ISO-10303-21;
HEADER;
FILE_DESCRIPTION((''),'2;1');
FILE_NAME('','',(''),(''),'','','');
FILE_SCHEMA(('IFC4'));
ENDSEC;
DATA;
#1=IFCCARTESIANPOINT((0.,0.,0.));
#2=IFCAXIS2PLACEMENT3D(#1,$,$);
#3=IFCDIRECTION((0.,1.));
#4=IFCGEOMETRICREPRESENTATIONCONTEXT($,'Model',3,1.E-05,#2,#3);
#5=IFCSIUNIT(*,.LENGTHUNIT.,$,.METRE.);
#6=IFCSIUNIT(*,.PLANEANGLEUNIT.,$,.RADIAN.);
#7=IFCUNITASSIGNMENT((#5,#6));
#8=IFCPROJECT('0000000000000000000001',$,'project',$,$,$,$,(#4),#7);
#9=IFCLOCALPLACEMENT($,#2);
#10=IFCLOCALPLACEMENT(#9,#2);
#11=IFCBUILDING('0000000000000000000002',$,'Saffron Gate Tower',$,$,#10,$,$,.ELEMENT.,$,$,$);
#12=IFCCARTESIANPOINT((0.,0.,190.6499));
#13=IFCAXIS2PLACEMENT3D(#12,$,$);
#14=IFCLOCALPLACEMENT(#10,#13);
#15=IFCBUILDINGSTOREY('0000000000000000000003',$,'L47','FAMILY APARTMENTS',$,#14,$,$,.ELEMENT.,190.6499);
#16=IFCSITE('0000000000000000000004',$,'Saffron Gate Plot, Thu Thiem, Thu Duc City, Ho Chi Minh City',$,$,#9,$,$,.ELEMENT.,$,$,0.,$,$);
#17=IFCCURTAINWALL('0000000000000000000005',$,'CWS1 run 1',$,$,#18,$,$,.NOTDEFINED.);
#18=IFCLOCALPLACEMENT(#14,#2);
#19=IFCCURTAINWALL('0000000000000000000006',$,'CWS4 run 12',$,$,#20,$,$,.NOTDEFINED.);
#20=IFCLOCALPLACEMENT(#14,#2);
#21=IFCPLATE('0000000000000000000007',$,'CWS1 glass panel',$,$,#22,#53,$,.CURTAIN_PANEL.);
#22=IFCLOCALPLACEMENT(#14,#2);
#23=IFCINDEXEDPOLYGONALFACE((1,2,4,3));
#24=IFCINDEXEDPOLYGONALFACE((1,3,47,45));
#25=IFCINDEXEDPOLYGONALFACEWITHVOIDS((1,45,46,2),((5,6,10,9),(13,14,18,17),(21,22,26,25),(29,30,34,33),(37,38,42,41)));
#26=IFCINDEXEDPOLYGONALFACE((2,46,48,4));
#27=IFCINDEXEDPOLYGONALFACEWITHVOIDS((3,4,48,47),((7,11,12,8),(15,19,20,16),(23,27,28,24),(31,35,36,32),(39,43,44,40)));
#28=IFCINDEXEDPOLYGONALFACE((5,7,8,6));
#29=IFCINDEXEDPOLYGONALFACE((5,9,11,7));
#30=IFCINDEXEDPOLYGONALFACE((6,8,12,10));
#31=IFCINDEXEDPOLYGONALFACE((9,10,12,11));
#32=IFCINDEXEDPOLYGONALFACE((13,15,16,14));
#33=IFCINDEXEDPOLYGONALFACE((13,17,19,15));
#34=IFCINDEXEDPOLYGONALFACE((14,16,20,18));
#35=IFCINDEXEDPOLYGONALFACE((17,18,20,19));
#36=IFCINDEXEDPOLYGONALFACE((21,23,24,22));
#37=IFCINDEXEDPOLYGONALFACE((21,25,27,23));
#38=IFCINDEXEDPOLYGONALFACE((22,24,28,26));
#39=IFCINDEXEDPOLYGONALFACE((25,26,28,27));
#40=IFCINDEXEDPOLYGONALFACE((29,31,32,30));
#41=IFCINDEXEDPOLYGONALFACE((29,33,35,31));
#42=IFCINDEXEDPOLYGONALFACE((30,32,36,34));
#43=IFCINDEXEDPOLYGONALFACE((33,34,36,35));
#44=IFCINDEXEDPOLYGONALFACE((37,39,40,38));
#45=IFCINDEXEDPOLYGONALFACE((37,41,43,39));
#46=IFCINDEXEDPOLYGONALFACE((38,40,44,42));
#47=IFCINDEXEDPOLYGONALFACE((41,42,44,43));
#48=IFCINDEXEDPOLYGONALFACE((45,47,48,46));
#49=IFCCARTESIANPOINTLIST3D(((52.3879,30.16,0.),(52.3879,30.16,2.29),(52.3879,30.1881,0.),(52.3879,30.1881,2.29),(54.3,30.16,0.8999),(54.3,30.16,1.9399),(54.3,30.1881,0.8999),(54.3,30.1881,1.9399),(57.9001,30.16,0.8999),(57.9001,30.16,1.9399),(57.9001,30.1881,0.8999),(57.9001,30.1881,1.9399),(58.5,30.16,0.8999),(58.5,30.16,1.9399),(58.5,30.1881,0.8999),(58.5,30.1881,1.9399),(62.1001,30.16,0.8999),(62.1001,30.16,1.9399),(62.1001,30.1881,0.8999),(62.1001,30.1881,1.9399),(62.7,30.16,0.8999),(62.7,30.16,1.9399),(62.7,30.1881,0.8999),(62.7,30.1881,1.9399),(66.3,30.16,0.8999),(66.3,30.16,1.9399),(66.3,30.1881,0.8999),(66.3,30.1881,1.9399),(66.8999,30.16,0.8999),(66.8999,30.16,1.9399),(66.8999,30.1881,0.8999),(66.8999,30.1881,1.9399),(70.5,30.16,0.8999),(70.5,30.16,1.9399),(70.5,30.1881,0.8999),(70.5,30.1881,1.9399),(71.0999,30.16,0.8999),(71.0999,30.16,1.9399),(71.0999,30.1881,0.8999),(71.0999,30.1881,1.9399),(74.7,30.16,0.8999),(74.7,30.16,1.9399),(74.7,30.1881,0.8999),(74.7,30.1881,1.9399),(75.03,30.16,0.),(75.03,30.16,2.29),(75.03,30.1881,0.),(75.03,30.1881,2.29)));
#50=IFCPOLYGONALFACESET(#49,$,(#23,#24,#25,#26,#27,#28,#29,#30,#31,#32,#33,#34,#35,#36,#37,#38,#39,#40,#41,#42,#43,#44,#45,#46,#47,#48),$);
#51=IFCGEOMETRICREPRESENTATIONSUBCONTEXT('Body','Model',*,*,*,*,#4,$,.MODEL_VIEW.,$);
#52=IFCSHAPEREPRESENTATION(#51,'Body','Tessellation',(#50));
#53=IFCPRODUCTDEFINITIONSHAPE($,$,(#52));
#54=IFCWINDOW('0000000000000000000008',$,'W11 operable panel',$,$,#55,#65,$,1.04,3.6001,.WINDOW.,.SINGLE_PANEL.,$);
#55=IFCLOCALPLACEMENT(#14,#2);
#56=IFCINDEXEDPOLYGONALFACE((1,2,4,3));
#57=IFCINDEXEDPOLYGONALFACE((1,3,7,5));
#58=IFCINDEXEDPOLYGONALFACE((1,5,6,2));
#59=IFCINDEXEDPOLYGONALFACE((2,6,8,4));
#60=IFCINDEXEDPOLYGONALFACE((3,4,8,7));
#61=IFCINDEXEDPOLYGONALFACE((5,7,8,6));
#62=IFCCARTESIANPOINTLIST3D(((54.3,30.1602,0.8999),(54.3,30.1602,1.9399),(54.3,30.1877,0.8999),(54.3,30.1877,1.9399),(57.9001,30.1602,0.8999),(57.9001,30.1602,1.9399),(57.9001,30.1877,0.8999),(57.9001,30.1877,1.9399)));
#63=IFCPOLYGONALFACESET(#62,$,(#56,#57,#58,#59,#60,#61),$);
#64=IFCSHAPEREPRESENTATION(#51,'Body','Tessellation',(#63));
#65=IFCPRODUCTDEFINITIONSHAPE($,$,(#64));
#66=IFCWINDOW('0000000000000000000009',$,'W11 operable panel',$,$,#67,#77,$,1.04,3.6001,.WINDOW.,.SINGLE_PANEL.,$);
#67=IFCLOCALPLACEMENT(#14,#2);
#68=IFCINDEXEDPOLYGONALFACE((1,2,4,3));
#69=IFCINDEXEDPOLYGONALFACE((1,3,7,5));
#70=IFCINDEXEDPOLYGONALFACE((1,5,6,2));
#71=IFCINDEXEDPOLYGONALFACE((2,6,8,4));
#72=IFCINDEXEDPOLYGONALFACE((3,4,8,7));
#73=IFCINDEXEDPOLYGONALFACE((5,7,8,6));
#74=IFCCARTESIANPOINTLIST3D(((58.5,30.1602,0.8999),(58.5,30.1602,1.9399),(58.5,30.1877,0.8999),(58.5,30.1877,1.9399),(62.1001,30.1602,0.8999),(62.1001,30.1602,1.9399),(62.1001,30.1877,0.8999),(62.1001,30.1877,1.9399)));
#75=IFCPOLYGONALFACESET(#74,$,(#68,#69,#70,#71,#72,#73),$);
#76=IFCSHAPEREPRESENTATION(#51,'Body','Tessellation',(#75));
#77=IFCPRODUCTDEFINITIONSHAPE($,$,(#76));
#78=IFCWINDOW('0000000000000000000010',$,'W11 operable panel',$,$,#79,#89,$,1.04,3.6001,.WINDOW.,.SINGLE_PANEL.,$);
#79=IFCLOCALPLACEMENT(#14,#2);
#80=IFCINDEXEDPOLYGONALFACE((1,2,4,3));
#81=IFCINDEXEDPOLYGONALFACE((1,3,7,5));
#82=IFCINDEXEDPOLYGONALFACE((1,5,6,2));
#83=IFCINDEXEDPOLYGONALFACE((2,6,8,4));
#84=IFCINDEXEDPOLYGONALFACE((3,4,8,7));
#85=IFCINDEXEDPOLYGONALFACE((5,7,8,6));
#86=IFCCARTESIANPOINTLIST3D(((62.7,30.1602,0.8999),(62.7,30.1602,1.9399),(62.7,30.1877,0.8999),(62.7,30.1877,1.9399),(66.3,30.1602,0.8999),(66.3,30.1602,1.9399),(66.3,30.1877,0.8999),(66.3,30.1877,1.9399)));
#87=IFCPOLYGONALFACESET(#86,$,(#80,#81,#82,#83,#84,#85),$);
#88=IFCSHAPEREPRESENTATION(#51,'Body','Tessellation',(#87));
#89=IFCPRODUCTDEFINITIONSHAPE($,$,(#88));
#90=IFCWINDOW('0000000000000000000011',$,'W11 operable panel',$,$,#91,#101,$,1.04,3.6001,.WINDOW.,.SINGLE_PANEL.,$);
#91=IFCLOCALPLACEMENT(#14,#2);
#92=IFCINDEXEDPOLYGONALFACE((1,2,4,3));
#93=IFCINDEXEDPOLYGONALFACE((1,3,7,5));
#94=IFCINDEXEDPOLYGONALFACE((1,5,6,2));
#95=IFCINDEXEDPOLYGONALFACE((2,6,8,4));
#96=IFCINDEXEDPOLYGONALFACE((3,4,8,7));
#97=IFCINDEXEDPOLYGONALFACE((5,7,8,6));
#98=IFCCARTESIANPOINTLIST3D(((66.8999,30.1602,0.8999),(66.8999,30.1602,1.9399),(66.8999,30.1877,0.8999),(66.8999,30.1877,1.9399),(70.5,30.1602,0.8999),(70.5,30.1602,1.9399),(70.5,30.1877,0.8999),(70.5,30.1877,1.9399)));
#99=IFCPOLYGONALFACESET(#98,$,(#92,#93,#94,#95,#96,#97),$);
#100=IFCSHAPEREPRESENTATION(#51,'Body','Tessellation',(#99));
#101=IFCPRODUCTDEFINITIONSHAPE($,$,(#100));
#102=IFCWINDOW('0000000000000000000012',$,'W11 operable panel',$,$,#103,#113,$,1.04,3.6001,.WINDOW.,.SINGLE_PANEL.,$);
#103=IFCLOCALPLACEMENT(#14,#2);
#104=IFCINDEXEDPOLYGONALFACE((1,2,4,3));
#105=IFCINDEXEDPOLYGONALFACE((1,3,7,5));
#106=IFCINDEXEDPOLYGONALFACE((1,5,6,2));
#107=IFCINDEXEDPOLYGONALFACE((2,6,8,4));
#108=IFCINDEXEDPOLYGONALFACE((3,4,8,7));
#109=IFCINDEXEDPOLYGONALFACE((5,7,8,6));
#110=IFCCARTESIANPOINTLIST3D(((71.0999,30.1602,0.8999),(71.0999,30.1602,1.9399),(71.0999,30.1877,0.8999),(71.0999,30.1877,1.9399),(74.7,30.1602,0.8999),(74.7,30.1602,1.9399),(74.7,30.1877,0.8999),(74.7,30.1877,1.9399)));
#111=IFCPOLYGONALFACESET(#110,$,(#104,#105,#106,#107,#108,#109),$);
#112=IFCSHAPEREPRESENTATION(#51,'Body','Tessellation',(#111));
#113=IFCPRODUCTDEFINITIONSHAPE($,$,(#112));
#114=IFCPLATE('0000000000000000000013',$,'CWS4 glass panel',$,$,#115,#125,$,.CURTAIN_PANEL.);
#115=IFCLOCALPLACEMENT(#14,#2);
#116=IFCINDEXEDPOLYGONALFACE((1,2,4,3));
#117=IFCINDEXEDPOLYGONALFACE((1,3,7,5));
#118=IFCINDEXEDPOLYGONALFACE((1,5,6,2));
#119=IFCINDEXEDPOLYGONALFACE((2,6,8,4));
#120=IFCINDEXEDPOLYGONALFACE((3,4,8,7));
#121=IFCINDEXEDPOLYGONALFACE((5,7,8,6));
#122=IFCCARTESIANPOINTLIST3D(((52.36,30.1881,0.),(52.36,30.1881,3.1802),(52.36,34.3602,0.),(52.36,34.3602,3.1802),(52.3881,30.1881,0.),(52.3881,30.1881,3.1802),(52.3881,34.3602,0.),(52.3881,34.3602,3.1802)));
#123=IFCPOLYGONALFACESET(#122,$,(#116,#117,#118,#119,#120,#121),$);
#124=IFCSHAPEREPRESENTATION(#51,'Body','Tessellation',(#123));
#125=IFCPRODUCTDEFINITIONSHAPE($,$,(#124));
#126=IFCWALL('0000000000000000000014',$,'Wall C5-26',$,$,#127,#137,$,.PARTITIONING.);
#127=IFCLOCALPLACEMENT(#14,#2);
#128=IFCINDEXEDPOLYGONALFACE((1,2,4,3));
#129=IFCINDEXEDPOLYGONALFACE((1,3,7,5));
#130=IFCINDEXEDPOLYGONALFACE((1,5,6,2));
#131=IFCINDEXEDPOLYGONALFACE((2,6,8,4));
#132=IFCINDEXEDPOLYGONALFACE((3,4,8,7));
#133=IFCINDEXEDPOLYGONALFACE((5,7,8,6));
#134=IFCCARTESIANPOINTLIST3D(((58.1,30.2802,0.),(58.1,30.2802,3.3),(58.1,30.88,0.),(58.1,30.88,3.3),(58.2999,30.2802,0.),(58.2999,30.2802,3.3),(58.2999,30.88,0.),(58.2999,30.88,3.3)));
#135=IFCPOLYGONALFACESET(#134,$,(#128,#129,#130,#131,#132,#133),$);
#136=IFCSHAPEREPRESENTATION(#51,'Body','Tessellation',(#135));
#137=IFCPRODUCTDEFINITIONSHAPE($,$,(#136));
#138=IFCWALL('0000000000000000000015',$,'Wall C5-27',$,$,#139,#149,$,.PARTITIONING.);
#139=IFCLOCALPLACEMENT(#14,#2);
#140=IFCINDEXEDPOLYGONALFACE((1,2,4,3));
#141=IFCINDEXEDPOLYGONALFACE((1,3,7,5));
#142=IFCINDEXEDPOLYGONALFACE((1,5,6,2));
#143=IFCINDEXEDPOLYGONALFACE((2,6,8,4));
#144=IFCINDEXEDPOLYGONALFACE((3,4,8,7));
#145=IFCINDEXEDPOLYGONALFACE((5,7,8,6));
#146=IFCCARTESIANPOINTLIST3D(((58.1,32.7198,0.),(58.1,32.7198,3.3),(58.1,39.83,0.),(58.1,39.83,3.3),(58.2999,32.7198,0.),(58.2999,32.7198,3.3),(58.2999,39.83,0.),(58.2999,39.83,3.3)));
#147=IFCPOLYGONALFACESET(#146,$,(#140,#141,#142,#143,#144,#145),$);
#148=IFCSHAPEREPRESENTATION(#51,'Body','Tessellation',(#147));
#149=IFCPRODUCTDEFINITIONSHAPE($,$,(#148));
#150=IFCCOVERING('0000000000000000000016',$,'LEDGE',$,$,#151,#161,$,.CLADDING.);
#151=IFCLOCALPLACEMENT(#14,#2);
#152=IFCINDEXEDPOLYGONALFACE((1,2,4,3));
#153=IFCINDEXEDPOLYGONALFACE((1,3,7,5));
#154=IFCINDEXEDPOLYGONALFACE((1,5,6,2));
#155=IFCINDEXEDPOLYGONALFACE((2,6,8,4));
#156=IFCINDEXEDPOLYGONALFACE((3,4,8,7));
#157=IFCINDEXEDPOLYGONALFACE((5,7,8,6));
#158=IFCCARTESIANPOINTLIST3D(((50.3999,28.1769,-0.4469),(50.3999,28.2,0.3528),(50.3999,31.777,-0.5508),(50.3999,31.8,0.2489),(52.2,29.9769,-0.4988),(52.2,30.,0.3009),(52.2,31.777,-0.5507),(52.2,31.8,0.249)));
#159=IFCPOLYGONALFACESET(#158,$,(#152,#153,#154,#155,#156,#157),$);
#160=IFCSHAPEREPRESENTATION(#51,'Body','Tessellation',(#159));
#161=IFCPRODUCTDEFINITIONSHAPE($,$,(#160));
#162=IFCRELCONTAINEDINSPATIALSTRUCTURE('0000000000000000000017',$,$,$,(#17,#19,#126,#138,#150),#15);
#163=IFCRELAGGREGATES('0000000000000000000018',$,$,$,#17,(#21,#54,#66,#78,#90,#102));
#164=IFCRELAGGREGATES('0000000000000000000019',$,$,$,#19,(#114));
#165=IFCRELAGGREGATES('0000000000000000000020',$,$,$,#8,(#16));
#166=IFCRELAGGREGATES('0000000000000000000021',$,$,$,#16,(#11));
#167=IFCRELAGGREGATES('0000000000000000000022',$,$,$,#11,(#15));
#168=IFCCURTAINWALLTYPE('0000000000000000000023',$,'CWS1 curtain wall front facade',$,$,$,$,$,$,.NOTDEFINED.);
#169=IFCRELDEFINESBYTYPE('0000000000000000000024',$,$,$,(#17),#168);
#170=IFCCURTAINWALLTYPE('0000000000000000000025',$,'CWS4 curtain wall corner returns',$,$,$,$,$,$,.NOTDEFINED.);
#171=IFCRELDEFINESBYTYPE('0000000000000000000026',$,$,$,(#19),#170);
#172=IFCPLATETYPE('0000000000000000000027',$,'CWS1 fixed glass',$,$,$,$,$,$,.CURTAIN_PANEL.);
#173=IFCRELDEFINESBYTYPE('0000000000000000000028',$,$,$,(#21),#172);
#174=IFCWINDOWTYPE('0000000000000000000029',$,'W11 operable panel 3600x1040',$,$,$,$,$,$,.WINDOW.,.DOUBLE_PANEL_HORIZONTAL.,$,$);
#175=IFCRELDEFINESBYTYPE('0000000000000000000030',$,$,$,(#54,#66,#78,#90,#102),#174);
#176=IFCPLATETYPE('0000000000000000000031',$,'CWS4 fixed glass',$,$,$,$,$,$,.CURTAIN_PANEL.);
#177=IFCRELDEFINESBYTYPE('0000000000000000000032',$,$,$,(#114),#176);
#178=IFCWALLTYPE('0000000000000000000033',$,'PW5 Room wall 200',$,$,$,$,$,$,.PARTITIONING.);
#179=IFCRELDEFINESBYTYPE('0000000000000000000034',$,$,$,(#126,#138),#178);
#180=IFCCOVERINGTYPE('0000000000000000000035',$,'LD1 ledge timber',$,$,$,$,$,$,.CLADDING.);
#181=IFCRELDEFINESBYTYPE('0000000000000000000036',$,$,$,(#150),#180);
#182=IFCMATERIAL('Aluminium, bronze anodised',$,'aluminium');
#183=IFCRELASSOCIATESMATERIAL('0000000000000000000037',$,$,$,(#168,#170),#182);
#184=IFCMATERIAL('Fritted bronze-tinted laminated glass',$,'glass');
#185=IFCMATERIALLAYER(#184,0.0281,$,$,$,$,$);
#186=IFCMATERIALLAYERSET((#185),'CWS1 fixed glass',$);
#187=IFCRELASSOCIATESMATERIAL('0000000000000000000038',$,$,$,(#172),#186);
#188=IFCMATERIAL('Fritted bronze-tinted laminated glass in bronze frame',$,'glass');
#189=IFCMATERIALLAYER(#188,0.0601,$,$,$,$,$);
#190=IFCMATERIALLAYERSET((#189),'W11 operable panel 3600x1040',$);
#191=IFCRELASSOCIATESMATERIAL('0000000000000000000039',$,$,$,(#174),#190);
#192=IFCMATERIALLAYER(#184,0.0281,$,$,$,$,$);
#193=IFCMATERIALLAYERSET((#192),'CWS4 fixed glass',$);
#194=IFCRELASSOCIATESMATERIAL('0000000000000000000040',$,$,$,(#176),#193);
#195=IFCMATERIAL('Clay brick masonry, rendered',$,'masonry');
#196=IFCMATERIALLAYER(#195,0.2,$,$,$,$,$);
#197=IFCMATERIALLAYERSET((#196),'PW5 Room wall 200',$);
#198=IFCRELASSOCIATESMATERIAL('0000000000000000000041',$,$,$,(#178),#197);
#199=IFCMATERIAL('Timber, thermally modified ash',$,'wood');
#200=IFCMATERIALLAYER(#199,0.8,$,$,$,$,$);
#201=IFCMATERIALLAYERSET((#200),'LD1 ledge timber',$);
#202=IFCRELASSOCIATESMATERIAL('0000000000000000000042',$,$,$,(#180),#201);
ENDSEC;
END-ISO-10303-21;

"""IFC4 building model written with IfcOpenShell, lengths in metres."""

from ifc_helpers import new_model, si_unit, direction, frame, frame_2d, origin, place, context, subcontext, project, spatial, polyline, rectangle, outline, extrude, material, layer, layer_set, type_object, element, fill, aggregate, save


model = new_model("IFC4")

# Units and contexts
model_context = context("Model", 3, precision=1e-05, world=origin(), true_north=direction((0.0, 1.0)))
body_context = subcontext(model_context, "Body", "Model", "MODEL_VIEW")
ifc_project = project(units=[si_unit("LENGTHUNIT", "METRE"), si_unit("PLANEANGLEUNIT", "RADIAN")], contexts=[model_context])

# Site, building, storey
site_placement = place(None, origin())
site = spatial("IfcSite", under=ifc_project, at=site_placement, Name="Saffron Gate Plot, Thu Thiem, Thu Duc City, Ho Chi Minh City", CompositionType="ELEMENT", RefElevation=0.0)
building_placement = place(site_placement, origin())
building = spatial("IfcBuilding", under=site, at=building_placement, Name="Saffron Gate Tower", CompositionType="ELEMENT")
storey_placement = place(building_placement, frame((0.0, 0.0, 190.6499)))
storey = spatial("IfcBuildingStorey", under=building, at=storey_placement, Name="L47", Description="FAMILY APARTMENTS", CompositionType="ELEMENT", Elevation=190.6499)

# Curtain walls
ifc_material_1 = material(Name="Aluminium, bronze anodised", Category="aluminium")
curtain_wall_type_1 = type_object("IfcCurtainWallType", Name="CWS1 curtain wall front facade", PredefinedType="NOTDEFINED", material=ifc_material_1)
curtain_wall_1_placement = place(storey_placement, origin())
curtain_wall_1 = element("IfcCurtainWall", 1, at=curtain_wall_1_placement, inside=storey, type_object=curtain_wall_type_1, Name="CWS1 run 1", PredefinedType="NOTDEFINED")
curtain_wall_type_2 = type_object("IfcCurtainWallType", Name="CWS4 curtain wall corner returns", PredefinedType="NOTDEFINED", material=ifc_material_1)
curtain_wall_2_placement = place(storey_placement, origin())
curtain_wall_2 = element("IfcCurtainWall", 2, at=curtain_wall_2_placement, inside=storey, type_object=curtain_wall_type_2, Name="CWS4 run 12", PredefinedType="NOTDEFINED")

# Plate, openings, windows
ifc_material_2 = material(Name="Fritted bronze-tinted laminated glass", Category="glass")
ifc_layer_1 = layer(ifc_material_2, 0.0281)
ifc_layer_set_1 = layer_set([ifc_layer_1], Name="CWS1 fixed glass")
plate_type_1 = type_object("IfcPlateType", Name="CWS1 fixed glass", PredefinedType="CURTAIN_PANEL", material=ifc_layer_set_1)
plate_1_placement = place(storey_placement, frame((52.3879, 30.1741, 0.0), z_axis=(0.0, 0.0, 1.0), x_axis=(1.0, 0.0, 0.0)))
plate_1 = element("IfcPlate", 3, at=plate_1_placement, type_object=plate_type_1, Name="CWS1 glass panel", PredefinedType="CURTAIN_PANEL", context=body_context, shape_type="SweptSolid", body=[
    extrude(rectangle(XDim=22.6421, YDim=0.0281, at=frame_2d((11.321, 0.0))), origin(), (0.0, 0.0, 1.0), 2.29),
])
opening_1_placement = place(plate_1_placement, frame((1.9121, 0.0, 0.8999)))
opening_1 = element("IfcOpeningElement", 4, at=opening_1_placement, cuts=plate_1, PredefinedType="OPENING", context=body_context, shape_type="SweptSolid", body=[
    extrude(rectangle(XDim=3.6001, YDim=1.04, at=frame_2d((1.8, 0.52))), frame((0.0, 0.0239, 0.0), z_axis=(0.0, -1.0, 0.0), x_axis=(1.0, 0.0, 0.0)), (0.0, 0.0, 1.0), 0.0481),
])
opening_2_placement = place(plate_1_placement, frame((6.1121, 0.0, 0.8999)))
opening_2 = element("IfcOpeningElement", 5, at=opening_2_placement, cuts=plate_1, PredefinedType="OPENING", context=body_context, shape_type="SweptSolid", body=[
    extrude(rectangle(XDim=3.6001, YDim=1.04, at=frame_2d((1.8, 0.52))), frame((0.0, 0.0239, 0.0), z_axis=(0.0, -1.0, 0.0), x_axis=(1.0, 0.0, 0.0)), (0.0, 0.0, 1.0), 0.0481),
])
opening_3_placement = place(plate_1_placement, frame((10.312, 0.0, 0.8999)))
opening_3 = element("IfcOpeningElement", 6, at=opening_3_placement, cuts=plate_1, PredefinedType="OPENING", context=body_context, shape_type="SweptSolid", body=[
    extrude(rectangle(XDim=3.6001, YDim=1.04, at=frame_2d((1.8, 0.52))), frame((0.0, 0.0239, 0.0), z_axis=(0.0, -1.0, 0.0), x_axis=(1.0, 0.0, 0.0)), (0.0, 0.0, 1.0), 0.0481),
])
opening_4_placement = place(plate_1_placement, frame((14.512, 0.0, 0.8999)))
opening_4 = element("IfcOpeningElement", 7, at=opening_4_placement, cuts=plate_1, PredefinedType="OPENING", context=body_context, shape_type="SweptSolid", body=[
    extrude(rectangle(XDim=3.6001, YDim=1.04, at=frame_2d((1.8, 0.52))), frame((0.0, 0.0239, 0.0), z_axis=(0.0, -1.0, 0.0), x_axis=(1.0, 0.0, 0.0)), (0.0, 0.0, 1.0), 0.0481),
])
opening_5_placement = place(plate_1_placement, frame((18.7119, 0.0, 0.8999)))
opening_5 = element("IfcOpeningElement", 8, at=opening_5_placement, cuts=plate_1, PredefinedType="OPENING", context=body_context, shape_type="SweptSolid", body=[
    extrude(rectangle(XDim=3.6001, YDim=1.04, at=frame_2d((1.8, 0.52))), frame((0.0, 0.0239, 0.0), z_axis=(0.0, -1.0, 0.0), x_axis=(1.0, 0.0, 0.0)), (0.0, 0.0, 1.0), 0.0481),
])
ifc_material_3 = material(Name="Fritted bronze-tinted laminated glass in bronze frame", Category="glass")
ifc_layer_2 = layer(ifc_material_3, 0.0601)
ifc_layer_set_2 = layer_set([ifc_layer_2], Name="W11 operable panel 3600x1040")
window_type = type_object("IfcWindowType", Name="W11 operable panel 3600x1040", PartitioningType="DOUBLE_PANEL_HORIZONTAL", PredefinedType="WINDOW", material=ifc_layer_set_2)
window_1_placement = place(opening_1_placement, origin())
window_1 = element("IfcWindow", 9, at=window_1_placement, type_object=window_type, Name="W11 operable panel", OverallHeight=1.04, OverallWidth=3.6001, PartitioningType="SINGLE_PANEL", PredefinedType="WINDOW", context=body_context, shape_type="SweptSolid", body=[
    extrude(rectangle(XDim=3.6001, YDim=1.04, at=frame_2d((1.8, 0.52))), frame((0.0, 0.0137, 0.0), z_axis=(0.0, -1.0, 0.0), x_axis=(1.0, 0.0, 0.0)), (0.0, 0.0, 1.0), 0.0276),
])
fill(opening_1, window_1)
window_2_placement = place(opening_2_placement, origin())
window_2 = element("IfcWindow", 10, at=window_2_placement, type_object=window_type, Name="W11 operable panel", OverallHeight=1.04, OverallWidth=3.6001, PartitioningType="SINGLE_PANEL", PredefinedType="WINDOW", context=body_context, shape_type="SweptSolid", body=[
    extrude(rectangle(XDim=3.6001, YDim=1.04, at=frame_2d((1.8, 0.52))), frame((0.0, 0.0137, 0.0), z_axis=(0.0, -1.0, 0.0), x_axis=(1.0, 0.0, 0.0)), (0.0, 0.0, 1.0), 0.0276),
])
fill(opening_2, window_2)
window_3_placement = place(opening_3_placement, origin())
window_3 = element("IfcWindow", 11, at=window_3_placement, type_object=window_type, Name="W11 operable panel", OverallHeight=1.04, OverallWidth=3.6001, PartitioningType="SINGLE_PANEL", PredefinedType="WINDOW", context=body_context, shape_type="SweptSolid", body=[
    extrude(rectangle(XDim=3.6001, YDim=1.04, at=frame_2d((1.8, 0.52))), frame((0.0, 0.0137, 0.0), z_axis=(0.0, -1.0, 0.0), x_axis=(1.0, 0.0, 0.0)), (0.0, 0.0, 1.0), 0.0276),
])
fill(opening_3, window_3)
window_4_placement = place(opening_4_placement, origin())
window_4 = element("IfcWindow", 12, at=window_4_placement, type_object=window_type, Name="W11 operable panel", OverallHeight=1.04, OverallWidth=3.6001, PartitioningType="SINGLE_PANEL", PredefinedType="WINDOW", context=body_context, shape_type="SweptSolid", body=[
    extrude(rectangle(XDim=3.6001, YDim=1.04, at=frame_2d((1.8, 0.52))), frame((0.0, 0.0137, 0.0), z_axis=(0.0, -1.0, 0.0), x_axis=(1.0, 0.0, 0.0)), (0.0, 0.0, 1.0), 0.0276),
])
fill(opening_4, window_4)
window_5_placement = place(opening_5_placement, origin())
window_5 = element("IfcWindow", 13, at=window_5_placement, type_object=window_type, Name="W11 operable panel", OverallHeight=1.04, OverallWidth=3.6001, PartitioningType="SINGLE_PANEL", PredefinedType="WINDOW", context=body_context, shape_type="SweptSolid", body=[
    extrude(rectangle(XDim=3.6001, YDim=1.04, at=frame_2d((1.8, 0.52))), frame((0.0, 0.0137, 0.0), z_axis=(0.0, -1.0, 0.0), x_axis=(1.0, 0.0, 0.0)), (0.0, 0.0, 1.0), 0.0276),
])
fill(opening_5, window_5)
aggregate(curtain_wall_1, [plate_1, window_1, window_2, window_3, window_4, window_5])

# Plate
ifc_layer_3 = layer(ifc_material_2, 0.0281)
ifc_layer_set_3 = layer_set([ifc_layer_3], Name="CWS4 fixed glass")
plate_type_2 = type_object("IfcPlateType", Name="CWS4 fixed glass", PredefinedType="CURTAIN_PANEL", material=ifc_layer_set_3)
plate_2_placement = place(storey_placement, frame((52.374, 34.3601, 0.0), z_axis=(0.0, 0.0, 1.0), x_axis=(0.0, -1.0, 0.0)))
plate_2 = element("IfcPlate", 14, at=plate_2_placement, type_object=plate_type_2, Name="CWS4 glass panel", PredefinedType="CURTAIN_PANEL", context=body_context, shape_type="SweptSolid", body=[
    extrude(rectangle(XDim=4.1721, YDim=0.0281, at=frame_2d((2.0859, 0.0))), origin(), (0.0, 0.0, 1.0), 3.1802),
])
aggregate(curtain_wall_2, [plate_2])

# Walls
ifc_material_4 = material(Name="Clay brick masonry, rendered", Category="masonry")
ifc_layer_4 = layer(ifc_material_4, 0.2)
ifc_layer_set_4 = layer_set([ifc_layer_4], Name="PW5 Room wall 200")
wall_type = type_object("IfcWallType", Name="PW5 Room wall 200", PredefinedType="PARTITIONING", material=ifc_layer_set_4)
wall_1_placement = place(storey_placement, frame((58.2, 30.8799, 0.0), z_axis=(0.0, 0.0, 1.0), x_axis=(0.0, -1.0, 0.0)))
element("IfcWall", 15, at=wall_1_placement, inside=storey, type_object=wall_type, Name="Wall C5-26", PredefinedType="PARTITIONING", context=body_context, shape_type="SweptSolid", body=[
    extrude(rectangle(XDim=0.5999, YDim=0.2, at=frame_2d((0.2998, 0.0))), origin(), (0.0, 0.0, 1.0), 3.3),
])
wall_2_placement = place(storey_placement, frame((58.2, 39.8301, 0.0), z_axis=(0.0, 0.0, 1.0), x_axis=(0.0, -1.0, 0.0)))
element("IfcWall", 16, at=wall_2_placement, inside=storey, type_object=wall_type, Name="Wall C5-27", PredefinedType="PARTITIONING", context=body_context, shape_type="SweptSolid", body=[
    extrude(rectangle(XDim=7.1101, YDim=0.2, at=frame_2d((3.5552, 0.0))), origin(), (0.0, 0.0, 1.0), 3.3),
])

# Covering
ifc_material_5 = material(Name="Timber, thermally modified ash", Category="wood")
ifc_layer_5 = layer(ifc_material_5, 0.8)
ifc_layer_set_5 = layer_set([ifc_layer_5], Name="LD1 ledge timber")
covering_type_1 = type_object("IfcCoveringType", Name="LD1 ledge timber", PredefinedType="CLADDING", material=ifc_layer_set_5)
covering_1_placement = place(storey_placement, frame((52.2, 31.8, 0.249), z_axis=(-0.000045, 0.028832, 0.999584), x_axis=(0.0, -0.999584, 0.028832)))
element("IfcCovering", 17, at=covering_1_placement, inside=storey, type_object=covering_type_1, Name="LEDGE", PredefinedType="CLADDING", context=body_context, shape_type="SweptSolid", body=[
    extrude(outline(polyline([(0.0, 0.0), (1.8008, 0.0), (3.6016, -1.8), (0.0, -1.8), (0.0, 0.0)])), origin(), (0.0, 0.0, -1.0), 0.8),
])

save(model, "model.ifc")
